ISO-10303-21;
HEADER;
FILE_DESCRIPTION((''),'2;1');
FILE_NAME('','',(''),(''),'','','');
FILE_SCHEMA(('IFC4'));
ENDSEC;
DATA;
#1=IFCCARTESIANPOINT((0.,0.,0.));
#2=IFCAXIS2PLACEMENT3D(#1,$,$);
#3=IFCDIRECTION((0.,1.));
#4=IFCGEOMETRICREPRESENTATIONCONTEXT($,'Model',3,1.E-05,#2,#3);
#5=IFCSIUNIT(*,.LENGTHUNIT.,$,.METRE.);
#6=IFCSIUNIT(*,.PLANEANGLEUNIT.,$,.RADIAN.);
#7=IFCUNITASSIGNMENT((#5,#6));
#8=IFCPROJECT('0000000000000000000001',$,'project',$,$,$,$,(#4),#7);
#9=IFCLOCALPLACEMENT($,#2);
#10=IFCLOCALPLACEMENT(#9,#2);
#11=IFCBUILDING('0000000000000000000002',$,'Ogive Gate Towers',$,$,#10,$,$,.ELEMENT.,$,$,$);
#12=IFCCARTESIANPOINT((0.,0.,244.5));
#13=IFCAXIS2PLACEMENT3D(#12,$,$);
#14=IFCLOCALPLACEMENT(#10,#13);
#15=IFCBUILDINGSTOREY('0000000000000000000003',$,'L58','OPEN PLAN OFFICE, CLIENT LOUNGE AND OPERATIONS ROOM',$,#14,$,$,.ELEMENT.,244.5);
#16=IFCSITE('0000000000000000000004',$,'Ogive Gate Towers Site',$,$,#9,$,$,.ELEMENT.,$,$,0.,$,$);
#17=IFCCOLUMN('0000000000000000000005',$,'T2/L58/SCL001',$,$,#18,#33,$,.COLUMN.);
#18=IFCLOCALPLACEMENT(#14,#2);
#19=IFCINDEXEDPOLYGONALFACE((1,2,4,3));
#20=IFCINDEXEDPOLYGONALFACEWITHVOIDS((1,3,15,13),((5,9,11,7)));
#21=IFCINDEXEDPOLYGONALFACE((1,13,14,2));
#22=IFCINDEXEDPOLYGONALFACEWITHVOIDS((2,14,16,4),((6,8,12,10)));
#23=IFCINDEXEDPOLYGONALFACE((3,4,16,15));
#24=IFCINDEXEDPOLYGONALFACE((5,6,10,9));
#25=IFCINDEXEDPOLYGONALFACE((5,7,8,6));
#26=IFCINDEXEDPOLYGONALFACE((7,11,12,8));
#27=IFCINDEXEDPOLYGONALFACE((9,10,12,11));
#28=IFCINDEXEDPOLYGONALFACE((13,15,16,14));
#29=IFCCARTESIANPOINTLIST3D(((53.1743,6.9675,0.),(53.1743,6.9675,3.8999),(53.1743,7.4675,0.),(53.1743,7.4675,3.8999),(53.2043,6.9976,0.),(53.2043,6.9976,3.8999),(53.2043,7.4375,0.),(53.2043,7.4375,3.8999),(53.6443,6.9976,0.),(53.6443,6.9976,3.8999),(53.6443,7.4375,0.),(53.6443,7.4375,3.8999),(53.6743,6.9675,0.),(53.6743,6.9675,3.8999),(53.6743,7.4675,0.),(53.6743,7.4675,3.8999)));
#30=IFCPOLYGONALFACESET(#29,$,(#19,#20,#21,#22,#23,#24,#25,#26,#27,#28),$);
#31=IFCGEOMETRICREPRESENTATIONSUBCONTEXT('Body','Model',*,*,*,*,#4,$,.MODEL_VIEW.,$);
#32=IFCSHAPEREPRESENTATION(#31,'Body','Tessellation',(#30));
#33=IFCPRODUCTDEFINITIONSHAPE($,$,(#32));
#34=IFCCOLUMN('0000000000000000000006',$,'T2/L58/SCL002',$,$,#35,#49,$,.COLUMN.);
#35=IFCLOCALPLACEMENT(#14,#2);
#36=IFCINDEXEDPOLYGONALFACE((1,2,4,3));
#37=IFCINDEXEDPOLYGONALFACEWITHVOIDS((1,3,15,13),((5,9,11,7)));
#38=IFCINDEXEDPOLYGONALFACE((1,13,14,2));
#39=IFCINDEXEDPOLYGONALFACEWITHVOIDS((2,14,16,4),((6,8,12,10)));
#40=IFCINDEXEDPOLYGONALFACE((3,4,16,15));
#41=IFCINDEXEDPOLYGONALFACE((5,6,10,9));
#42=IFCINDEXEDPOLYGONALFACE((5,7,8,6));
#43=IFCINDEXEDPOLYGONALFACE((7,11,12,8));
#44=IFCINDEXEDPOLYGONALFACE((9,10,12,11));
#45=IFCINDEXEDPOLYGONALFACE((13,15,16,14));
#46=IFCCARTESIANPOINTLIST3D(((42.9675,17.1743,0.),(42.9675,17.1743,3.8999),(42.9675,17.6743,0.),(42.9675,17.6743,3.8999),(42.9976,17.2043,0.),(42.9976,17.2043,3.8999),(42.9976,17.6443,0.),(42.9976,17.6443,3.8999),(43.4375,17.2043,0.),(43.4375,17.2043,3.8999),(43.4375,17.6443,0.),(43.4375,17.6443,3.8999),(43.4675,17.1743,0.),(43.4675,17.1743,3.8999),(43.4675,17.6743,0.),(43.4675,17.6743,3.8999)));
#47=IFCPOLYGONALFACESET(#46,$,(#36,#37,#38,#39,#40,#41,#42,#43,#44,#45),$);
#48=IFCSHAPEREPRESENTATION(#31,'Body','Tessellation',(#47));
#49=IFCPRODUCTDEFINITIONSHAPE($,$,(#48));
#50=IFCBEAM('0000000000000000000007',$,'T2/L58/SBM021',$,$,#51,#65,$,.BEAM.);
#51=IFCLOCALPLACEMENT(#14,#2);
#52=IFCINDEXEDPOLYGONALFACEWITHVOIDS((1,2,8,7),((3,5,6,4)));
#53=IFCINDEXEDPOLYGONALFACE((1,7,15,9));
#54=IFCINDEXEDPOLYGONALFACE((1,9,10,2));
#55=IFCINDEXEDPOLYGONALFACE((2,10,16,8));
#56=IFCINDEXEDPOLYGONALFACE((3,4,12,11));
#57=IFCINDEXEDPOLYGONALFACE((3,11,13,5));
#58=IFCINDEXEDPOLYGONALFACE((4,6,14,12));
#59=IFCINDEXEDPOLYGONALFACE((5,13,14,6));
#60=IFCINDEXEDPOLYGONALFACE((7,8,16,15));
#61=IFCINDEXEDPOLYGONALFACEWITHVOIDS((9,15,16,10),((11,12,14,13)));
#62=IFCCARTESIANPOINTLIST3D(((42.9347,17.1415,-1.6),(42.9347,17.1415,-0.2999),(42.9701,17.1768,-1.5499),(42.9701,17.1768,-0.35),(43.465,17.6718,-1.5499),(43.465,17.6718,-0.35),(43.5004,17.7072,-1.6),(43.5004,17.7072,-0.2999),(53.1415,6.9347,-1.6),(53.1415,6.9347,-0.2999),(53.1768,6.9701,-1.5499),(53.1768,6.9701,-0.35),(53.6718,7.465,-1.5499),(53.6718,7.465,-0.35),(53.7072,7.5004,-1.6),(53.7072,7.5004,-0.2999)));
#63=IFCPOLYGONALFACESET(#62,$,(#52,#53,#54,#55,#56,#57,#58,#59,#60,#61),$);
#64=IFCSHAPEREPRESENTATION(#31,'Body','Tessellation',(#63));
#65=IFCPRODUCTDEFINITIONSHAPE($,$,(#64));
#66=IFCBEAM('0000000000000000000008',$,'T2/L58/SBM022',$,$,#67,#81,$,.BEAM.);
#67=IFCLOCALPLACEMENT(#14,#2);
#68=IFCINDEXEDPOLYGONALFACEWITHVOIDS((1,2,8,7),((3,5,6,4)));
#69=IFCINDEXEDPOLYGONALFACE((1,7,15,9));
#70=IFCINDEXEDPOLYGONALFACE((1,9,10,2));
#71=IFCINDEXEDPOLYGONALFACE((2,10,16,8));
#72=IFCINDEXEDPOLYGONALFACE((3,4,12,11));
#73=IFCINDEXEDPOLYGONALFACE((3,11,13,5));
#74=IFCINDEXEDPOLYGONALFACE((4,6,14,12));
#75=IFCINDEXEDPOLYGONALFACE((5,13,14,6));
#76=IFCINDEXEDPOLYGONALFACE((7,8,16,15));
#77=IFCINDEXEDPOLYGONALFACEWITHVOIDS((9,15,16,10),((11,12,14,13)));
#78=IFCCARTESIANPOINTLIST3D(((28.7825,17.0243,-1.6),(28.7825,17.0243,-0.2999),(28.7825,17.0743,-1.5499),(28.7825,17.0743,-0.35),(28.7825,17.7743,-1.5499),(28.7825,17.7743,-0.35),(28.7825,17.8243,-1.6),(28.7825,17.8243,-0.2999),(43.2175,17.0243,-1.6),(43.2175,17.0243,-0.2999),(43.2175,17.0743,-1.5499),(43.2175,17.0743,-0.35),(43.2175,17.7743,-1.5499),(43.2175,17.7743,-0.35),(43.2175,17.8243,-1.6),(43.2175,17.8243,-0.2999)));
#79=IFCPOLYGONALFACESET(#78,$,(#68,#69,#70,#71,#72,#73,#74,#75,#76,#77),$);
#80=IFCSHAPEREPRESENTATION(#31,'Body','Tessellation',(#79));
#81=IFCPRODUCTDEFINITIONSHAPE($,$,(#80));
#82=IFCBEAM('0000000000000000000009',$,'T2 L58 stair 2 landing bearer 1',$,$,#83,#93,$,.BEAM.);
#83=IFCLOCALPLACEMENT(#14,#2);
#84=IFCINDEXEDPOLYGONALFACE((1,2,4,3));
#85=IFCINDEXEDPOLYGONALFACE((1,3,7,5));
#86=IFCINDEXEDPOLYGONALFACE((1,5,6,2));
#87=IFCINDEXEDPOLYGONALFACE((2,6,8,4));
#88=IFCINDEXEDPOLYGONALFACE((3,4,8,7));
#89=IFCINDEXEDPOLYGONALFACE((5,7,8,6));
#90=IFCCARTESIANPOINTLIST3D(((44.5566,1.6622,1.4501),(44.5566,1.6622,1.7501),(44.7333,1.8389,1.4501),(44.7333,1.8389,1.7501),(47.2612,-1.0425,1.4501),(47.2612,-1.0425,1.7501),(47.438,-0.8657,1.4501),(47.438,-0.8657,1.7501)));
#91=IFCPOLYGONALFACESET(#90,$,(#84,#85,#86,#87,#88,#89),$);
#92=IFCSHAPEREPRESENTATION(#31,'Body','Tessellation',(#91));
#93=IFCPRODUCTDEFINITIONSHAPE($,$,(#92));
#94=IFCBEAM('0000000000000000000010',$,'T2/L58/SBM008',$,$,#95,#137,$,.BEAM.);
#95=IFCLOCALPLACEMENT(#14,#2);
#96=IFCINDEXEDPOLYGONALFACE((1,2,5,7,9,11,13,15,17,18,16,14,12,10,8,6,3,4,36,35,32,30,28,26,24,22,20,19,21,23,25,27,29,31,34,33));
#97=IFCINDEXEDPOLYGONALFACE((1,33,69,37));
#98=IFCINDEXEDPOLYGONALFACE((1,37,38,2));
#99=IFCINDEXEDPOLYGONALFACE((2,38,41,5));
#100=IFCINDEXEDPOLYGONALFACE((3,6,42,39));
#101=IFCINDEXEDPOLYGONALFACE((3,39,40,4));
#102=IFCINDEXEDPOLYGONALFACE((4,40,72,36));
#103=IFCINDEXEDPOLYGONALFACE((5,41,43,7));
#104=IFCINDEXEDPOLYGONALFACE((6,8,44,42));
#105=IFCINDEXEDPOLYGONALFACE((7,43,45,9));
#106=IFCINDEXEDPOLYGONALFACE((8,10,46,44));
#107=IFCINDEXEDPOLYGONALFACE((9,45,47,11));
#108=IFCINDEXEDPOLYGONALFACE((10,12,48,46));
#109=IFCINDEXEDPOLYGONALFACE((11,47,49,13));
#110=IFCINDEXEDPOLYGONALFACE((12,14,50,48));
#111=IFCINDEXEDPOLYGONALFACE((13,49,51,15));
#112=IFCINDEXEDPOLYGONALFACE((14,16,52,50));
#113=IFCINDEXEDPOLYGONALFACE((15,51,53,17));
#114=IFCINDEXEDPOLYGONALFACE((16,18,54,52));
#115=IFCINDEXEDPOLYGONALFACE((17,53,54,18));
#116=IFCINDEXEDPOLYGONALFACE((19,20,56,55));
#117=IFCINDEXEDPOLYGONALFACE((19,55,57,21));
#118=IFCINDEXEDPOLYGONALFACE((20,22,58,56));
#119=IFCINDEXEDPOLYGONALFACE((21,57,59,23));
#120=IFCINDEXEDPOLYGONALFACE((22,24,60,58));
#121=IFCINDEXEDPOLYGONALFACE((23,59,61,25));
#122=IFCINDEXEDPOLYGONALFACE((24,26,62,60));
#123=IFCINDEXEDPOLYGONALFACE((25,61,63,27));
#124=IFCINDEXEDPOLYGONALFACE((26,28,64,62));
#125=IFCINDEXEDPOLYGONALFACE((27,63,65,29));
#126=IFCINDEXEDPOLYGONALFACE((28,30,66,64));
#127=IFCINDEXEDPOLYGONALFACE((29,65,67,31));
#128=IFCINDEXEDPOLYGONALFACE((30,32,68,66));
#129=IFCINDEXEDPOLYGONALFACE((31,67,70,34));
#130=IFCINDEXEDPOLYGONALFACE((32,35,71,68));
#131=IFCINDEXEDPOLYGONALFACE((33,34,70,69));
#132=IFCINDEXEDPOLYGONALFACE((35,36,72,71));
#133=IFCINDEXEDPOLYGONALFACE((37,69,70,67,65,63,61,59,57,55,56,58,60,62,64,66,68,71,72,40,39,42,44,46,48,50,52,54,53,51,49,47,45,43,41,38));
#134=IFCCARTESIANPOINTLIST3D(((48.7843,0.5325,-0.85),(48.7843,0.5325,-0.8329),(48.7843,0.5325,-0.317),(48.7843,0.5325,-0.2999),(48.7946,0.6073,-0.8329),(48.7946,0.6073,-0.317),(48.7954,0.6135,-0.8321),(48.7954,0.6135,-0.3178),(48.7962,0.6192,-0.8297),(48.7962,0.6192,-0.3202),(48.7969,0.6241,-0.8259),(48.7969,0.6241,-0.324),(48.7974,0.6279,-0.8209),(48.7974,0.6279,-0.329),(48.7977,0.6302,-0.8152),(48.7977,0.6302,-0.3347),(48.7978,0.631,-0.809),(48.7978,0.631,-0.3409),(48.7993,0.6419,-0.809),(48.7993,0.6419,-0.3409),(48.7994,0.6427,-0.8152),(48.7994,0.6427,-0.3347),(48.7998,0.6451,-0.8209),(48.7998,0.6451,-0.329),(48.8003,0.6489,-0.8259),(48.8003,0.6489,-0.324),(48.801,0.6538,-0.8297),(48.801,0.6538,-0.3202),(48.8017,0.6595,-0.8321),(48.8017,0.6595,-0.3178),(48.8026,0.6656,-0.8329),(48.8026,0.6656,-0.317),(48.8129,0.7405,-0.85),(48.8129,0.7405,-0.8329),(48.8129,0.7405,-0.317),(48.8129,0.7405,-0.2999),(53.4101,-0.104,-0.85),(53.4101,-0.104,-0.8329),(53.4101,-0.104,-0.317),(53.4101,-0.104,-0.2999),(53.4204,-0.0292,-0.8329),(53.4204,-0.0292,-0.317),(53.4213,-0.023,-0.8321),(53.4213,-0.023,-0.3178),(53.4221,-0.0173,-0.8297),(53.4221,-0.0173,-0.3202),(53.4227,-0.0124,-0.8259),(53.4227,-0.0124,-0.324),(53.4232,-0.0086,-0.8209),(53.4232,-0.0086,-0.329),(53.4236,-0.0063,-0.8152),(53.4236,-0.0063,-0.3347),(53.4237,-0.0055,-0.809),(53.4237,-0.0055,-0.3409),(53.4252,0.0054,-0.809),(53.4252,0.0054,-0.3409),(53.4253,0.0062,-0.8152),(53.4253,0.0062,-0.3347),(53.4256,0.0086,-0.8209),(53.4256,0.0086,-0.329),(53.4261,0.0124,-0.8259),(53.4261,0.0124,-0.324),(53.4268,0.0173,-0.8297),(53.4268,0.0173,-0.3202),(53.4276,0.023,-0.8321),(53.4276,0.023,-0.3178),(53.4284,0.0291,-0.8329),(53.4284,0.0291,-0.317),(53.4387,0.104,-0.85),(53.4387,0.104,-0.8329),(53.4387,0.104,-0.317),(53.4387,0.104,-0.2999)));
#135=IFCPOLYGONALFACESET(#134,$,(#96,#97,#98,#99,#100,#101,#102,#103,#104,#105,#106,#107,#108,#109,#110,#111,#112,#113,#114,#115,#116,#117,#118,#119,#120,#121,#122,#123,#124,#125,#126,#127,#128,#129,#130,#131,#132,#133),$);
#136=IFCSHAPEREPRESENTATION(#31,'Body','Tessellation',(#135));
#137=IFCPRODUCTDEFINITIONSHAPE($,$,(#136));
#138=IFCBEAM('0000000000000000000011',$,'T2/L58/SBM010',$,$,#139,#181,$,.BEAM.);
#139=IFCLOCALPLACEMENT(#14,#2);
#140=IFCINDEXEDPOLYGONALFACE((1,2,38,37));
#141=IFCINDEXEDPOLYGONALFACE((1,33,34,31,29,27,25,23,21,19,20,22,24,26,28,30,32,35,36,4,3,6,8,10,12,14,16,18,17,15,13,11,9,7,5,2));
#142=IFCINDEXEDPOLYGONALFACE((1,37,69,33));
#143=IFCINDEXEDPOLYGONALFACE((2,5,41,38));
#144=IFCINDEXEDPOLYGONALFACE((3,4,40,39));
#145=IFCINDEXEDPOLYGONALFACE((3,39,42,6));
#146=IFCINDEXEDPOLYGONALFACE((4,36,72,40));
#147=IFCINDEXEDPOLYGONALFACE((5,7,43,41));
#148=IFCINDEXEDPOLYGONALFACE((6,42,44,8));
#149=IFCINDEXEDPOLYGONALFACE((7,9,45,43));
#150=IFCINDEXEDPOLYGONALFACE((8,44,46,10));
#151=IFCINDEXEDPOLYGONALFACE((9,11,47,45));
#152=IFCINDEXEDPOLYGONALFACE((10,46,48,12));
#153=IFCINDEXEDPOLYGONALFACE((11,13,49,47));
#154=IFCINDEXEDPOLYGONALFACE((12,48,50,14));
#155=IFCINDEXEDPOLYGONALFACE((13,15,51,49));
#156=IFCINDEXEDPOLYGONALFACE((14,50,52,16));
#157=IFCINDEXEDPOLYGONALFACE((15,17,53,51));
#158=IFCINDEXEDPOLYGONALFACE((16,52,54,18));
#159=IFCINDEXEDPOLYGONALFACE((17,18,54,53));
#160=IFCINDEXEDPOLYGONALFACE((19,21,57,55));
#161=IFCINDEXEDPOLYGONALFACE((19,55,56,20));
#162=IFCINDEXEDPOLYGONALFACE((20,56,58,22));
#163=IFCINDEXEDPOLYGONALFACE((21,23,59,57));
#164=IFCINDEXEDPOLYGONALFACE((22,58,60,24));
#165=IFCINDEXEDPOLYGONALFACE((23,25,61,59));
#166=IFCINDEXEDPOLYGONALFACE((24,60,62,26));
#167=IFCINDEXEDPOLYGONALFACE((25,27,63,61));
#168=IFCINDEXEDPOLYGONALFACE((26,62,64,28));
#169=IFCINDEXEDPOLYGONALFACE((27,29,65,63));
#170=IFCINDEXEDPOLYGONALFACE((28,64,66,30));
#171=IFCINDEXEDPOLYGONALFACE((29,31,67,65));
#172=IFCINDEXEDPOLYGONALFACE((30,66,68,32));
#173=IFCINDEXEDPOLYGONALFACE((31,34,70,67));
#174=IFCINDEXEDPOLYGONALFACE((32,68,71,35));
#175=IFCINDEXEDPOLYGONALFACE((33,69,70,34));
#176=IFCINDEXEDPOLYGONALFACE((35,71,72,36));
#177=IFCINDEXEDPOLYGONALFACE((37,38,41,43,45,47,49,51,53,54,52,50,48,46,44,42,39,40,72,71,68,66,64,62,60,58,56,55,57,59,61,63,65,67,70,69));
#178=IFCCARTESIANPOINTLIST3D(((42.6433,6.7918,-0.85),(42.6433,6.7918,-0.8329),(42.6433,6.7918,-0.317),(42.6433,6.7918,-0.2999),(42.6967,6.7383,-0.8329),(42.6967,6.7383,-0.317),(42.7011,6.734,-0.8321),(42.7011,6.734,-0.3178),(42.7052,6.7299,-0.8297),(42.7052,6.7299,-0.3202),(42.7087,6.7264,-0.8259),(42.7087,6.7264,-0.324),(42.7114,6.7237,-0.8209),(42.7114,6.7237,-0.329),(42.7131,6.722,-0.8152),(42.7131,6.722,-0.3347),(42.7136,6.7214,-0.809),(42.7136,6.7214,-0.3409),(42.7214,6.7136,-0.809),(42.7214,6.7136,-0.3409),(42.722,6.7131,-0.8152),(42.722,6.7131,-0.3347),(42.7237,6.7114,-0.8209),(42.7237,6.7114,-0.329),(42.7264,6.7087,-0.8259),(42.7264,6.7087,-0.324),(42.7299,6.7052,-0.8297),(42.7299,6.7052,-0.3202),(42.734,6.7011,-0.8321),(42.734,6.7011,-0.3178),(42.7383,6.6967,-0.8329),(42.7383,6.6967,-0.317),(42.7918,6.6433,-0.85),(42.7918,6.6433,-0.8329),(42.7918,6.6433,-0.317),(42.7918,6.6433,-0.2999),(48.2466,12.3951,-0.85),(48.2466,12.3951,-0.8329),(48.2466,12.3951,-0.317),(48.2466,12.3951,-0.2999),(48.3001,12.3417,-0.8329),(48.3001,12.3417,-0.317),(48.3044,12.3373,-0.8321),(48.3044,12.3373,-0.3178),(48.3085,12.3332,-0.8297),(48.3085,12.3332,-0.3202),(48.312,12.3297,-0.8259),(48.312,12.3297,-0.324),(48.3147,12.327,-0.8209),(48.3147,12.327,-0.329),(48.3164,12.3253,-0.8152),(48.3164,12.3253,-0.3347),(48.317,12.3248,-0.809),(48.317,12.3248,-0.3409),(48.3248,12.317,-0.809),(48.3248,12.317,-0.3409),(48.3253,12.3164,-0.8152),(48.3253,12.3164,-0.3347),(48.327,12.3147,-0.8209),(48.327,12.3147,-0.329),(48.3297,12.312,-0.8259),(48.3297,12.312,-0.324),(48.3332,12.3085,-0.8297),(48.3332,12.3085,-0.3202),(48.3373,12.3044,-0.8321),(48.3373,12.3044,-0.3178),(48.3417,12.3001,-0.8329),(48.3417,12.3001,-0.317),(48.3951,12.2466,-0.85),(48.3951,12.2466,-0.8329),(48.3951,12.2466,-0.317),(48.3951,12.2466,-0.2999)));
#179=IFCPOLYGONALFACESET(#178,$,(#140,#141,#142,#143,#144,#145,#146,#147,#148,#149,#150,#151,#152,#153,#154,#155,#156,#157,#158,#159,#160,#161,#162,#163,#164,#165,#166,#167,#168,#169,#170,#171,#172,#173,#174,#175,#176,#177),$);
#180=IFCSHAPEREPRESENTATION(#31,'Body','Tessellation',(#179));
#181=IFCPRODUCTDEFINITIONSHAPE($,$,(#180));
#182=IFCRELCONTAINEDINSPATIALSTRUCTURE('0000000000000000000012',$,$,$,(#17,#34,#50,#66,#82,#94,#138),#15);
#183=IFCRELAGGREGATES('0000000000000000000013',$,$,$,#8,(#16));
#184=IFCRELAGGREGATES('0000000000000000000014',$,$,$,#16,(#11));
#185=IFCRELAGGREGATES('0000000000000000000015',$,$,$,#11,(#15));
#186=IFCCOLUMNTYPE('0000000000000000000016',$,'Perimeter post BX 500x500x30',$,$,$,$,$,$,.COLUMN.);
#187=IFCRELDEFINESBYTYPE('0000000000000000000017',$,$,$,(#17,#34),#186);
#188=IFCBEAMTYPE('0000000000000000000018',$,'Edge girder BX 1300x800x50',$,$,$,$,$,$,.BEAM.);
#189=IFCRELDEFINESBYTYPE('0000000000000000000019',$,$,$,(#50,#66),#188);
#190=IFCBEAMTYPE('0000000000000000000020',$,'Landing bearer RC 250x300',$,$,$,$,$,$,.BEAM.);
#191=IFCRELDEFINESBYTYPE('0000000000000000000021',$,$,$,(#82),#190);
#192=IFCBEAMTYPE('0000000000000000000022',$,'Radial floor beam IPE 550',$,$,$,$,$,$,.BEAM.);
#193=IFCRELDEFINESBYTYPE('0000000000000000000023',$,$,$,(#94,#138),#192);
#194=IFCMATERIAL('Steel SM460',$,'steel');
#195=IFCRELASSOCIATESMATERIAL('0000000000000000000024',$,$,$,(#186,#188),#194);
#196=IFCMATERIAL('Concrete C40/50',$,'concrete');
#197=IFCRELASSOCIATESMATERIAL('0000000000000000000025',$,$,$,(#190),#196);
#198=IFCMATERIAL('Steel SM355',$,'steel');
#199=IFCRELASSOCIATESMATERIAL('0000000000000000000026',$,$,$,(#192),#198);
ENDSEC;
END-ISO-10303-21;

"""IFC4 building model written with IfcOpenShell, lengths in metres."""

from ifc_helpers import new_model, si_unit, direction, frame, origin, origin_2d, place, context, subcontext, project, spatial, rectangle, hollow_rectangle, i_section, extrude, material, material_profile, profile_set, type_object, element, save


model = new_model("IFC4")

# Units and contexts
model_context = context("Model", 3, precision=1e-05, world=origin(), true_north=direction((0.0, 1.0)))
body_context = subcontext(model_context, "Body", "Model", "MODEL_VIEW")
ifc_project = project(units=[si_unit("LENGTHUNIT", "METRE"), si_unit("PLANEANGLEUNIT", "RADIAN")], contexts=[model_context])

# Site, building, storey
site_placement = place(None, origin())
site = spatial("IfcSite", under=ifc_project, at=site_placement, Name="Ogive Gate Towers Site", CompositionType="ELEMENT", RefElevation=0.0)
building_placement = place(site_placement, origin())
building = spatial("IfcBuilding", under=site, at=building_placement, Name="Ogive Gate Towers", CompositionType="ELEMENT")
storey_placement = place(building_placement, frame((0.0, 0.0, 244.5)))
storey = spatial("IfcBuildingStorey", under=building, at=storey_placement, Name="L58", Description="OPEN PLAN OFFICE, CLIENT LOUNGE AND OPERATIONS ROOM", CompositionType="ELEMENT", Elevation=244.5)

# Columns
ifc_material_1 = material(Name="Steel SM460", Category="steel")
ifc_material_profile_1 = material_profile(ifc_material_1, hollow_rectangle(XDim=0.5, YDim=0.5, WallThickness=0.03, at=origin_2d()), Name="BX 500x500x30")
ifc_profile_set_1 = profile_set([ifc_material_profile_1], Name="Steel SM460")
column_type = type_object("IfcColumnType", Name="Perimeter post BX 500x500x30", PredefinedType="COLUMN", material=ifc_profile_set_1)
for number, where, z_axis, x_axis, name in (
    (1, (53.4243, 7.2175, 0.0), (0.0, 0.0, 1.0), (1.0, 0.0, 0.0), "T2/L58/SCL001"),
    (2, (43.2175, 17.4243, 0.0), (0.0, 0.0, 1.0), (1.0, 0.0, 0.0), "T2/L58/SCL002"),
):
    element("IfcColumn", number, at=place(storey_placement, frame(where, z_axis=z_axis, x_axis=x_axis)), inside=storey, type_object=column_type, Name=name, PredefinedType="COLUMN", context=body_context, shape_type="SweptSolid", body=[
        extrude(hollow_rectangle(XDim=0.5, YDim=0.5, WallThickness=0.03, at=origin_2d()), origin(), (0.0, 0.0, 1.0), 3.8999),
    ])

# Beams
ifc_material_profile_2 = material_profile(ifc_material_1, hollow_rectangle(XDim=0.8, YDim=1.3, WallThickness=0.05, at=origin_2d()), Name="BX 1300x800x50")
ifc_profile_set_2 = profile_set([ifc_material_profile_2], Name="Steel SM460")
beam_type_1 = type_object("IfcBeamType", Name="Edge girder BX 1300x800x50", PredefinedType="BEAM", material=ifc_profile_set_2)
beam_1_placement = place(storey_placement, frame((53.4243, 7.2175, -0.95), z_axis=(-0.707107, 0.707107, 0.0), x_axis=(-0.707107, -0.707107, 0.0)))
element("IfcBeam", 3, at=beam_1_placement, inside=storey, type_object=beam_type_1, Name="T2/L58/SBM021", PredefinedType="BEAM", context=body_context, shape_type="SweptSolid", body=[
    extrude(hollow_rectangle(XDim=0.8, YDim=1.3, WallThickness=0.05, at=origin_2d()), origin(), (0.0, 0.0, 1.0), 14.4346),
])
beam_2_placement = place(storey_placement, frame((43.2175, 17.4243, -0.95), z_axis=(-1.0, 0.0, 0.0), x_axis=(0.0, -1.0, 0.0)))
element("IfcBeam", 4, at=beam_2_placement, inside=storey, type_object=beam_type_1, Name="T2/L58/SBM022", PredefinedType="BEAM", context=body_context, shape_type="SweptSolid", body=[
    extrude(hollow_rectangle(XDim=0.8, YDim=1.3, WallThickness=0.05, at=origin_2d()), origin(), (0.0, 0.0, 1.0), 14.4351),
])
ifc_material_2 = material(Name="Concrete C40/50", Category="concrete")
ifc_material_profile_3 = material_profile(ifc_material_2, rectangle(XDim=0.25, YDim=0.3, at=origin_2d()), Name="RC 250x300")
ifc_profile_set_3 = profile_set([ifc_material_profile_3], Name="Concrete C40/50")
beam_type_2 = type_object("IfcBeamType", Name="Landing bearer RC 250x300", PredefinedType="BEAM", material=ifc_profile_set_3)
beam_3_placement = place(storey_placement, frame((47.3496, -0.9541, 1.6001), z_axis=(-0.707107, 0.707107, 0.0), x_axis=(-0.707107, -0.707107, 0.0)))
element("IfcBeam", 5, at=beam_3_placement, inside=storey, type_object=beam_type_2, Name="T2 L58 stair 2 landing bearer 1", PredefinedType="BEAM", context=body_context, shape_type="SweptSolid", body=[
    extrude(rectangle(XDim=0.25, YDim=0.3, at=origin_2d()), origin(), (0.0, 0.0, 1.0), 3.825),
])
ifc_material_3 = material(Name="Steel SM355", Category="steel")
ifc_material_profile_4 = material_profile(ifc_material_3, i_section(OverallWidth=0.21, OverallDepth=0.55, WebThickness=0.011, FlangeThickness=0.0171, FilletRadius=0.0239, at=origin_2d()), Name="IPE 550")
ifc_profile_set_4 = profile_set([ifc_material_profile_4], Name="Steel SM355")
beam_type_3 = type_object("IfcBeamType", Name="Radial floor beam IPE 550", PredefinedType="BEAM", material=ifc_profile_set_4)
beam_4_placement = place(storey_placement, frame((48.7986, 0.6365, -0.575), z_axis=(0.990666, -0.13631, 0.0), x_axis=(0.13631, 0.990666, 0.0)))
element("IfcBeam", 6, at=beam_4_placement, inside=storey, type_object=beam_type_3, Name="T2/L58/SBM008", PredefinedType="BEAM", context=body_context, shape_type="SweptSolid", body=[
    extrude(i_section(OverallWidth=0.21, OverallDepth=0.55, WebThickness=0.011, FlangeThickness=0.0171, FilletRadius=0.0239, at=origin_2d()), origin(), (0.0, 0.0, 1.0), 4.6694),
])
beam_5_placement = place(storey_placement, frame((42.7175, 6.7175, -0.575), z_axis=(0.707107, 0.707107, 0.0), x_axis=(-0.707107, 0.707107, 0.0)))
element("IfcBeam", 7, at=beam_5_placement, inside=storey, type_object=beam_type_3, Name="T2/L58/SBM010", PredefinedType="BEAM", context=body_context, shape_type="SweptSolid", body=[
    extrude(i_section(OverallWidth=0.21, OverallDepth=0.55, WebThickness=0.011, FlangeThickness=0.0171, FilletRadius=0.0239, at=origin_2d()), origin(), (0.0, 0.0, 1.0), 7.9243),
])

save(model, "model.ifc")
